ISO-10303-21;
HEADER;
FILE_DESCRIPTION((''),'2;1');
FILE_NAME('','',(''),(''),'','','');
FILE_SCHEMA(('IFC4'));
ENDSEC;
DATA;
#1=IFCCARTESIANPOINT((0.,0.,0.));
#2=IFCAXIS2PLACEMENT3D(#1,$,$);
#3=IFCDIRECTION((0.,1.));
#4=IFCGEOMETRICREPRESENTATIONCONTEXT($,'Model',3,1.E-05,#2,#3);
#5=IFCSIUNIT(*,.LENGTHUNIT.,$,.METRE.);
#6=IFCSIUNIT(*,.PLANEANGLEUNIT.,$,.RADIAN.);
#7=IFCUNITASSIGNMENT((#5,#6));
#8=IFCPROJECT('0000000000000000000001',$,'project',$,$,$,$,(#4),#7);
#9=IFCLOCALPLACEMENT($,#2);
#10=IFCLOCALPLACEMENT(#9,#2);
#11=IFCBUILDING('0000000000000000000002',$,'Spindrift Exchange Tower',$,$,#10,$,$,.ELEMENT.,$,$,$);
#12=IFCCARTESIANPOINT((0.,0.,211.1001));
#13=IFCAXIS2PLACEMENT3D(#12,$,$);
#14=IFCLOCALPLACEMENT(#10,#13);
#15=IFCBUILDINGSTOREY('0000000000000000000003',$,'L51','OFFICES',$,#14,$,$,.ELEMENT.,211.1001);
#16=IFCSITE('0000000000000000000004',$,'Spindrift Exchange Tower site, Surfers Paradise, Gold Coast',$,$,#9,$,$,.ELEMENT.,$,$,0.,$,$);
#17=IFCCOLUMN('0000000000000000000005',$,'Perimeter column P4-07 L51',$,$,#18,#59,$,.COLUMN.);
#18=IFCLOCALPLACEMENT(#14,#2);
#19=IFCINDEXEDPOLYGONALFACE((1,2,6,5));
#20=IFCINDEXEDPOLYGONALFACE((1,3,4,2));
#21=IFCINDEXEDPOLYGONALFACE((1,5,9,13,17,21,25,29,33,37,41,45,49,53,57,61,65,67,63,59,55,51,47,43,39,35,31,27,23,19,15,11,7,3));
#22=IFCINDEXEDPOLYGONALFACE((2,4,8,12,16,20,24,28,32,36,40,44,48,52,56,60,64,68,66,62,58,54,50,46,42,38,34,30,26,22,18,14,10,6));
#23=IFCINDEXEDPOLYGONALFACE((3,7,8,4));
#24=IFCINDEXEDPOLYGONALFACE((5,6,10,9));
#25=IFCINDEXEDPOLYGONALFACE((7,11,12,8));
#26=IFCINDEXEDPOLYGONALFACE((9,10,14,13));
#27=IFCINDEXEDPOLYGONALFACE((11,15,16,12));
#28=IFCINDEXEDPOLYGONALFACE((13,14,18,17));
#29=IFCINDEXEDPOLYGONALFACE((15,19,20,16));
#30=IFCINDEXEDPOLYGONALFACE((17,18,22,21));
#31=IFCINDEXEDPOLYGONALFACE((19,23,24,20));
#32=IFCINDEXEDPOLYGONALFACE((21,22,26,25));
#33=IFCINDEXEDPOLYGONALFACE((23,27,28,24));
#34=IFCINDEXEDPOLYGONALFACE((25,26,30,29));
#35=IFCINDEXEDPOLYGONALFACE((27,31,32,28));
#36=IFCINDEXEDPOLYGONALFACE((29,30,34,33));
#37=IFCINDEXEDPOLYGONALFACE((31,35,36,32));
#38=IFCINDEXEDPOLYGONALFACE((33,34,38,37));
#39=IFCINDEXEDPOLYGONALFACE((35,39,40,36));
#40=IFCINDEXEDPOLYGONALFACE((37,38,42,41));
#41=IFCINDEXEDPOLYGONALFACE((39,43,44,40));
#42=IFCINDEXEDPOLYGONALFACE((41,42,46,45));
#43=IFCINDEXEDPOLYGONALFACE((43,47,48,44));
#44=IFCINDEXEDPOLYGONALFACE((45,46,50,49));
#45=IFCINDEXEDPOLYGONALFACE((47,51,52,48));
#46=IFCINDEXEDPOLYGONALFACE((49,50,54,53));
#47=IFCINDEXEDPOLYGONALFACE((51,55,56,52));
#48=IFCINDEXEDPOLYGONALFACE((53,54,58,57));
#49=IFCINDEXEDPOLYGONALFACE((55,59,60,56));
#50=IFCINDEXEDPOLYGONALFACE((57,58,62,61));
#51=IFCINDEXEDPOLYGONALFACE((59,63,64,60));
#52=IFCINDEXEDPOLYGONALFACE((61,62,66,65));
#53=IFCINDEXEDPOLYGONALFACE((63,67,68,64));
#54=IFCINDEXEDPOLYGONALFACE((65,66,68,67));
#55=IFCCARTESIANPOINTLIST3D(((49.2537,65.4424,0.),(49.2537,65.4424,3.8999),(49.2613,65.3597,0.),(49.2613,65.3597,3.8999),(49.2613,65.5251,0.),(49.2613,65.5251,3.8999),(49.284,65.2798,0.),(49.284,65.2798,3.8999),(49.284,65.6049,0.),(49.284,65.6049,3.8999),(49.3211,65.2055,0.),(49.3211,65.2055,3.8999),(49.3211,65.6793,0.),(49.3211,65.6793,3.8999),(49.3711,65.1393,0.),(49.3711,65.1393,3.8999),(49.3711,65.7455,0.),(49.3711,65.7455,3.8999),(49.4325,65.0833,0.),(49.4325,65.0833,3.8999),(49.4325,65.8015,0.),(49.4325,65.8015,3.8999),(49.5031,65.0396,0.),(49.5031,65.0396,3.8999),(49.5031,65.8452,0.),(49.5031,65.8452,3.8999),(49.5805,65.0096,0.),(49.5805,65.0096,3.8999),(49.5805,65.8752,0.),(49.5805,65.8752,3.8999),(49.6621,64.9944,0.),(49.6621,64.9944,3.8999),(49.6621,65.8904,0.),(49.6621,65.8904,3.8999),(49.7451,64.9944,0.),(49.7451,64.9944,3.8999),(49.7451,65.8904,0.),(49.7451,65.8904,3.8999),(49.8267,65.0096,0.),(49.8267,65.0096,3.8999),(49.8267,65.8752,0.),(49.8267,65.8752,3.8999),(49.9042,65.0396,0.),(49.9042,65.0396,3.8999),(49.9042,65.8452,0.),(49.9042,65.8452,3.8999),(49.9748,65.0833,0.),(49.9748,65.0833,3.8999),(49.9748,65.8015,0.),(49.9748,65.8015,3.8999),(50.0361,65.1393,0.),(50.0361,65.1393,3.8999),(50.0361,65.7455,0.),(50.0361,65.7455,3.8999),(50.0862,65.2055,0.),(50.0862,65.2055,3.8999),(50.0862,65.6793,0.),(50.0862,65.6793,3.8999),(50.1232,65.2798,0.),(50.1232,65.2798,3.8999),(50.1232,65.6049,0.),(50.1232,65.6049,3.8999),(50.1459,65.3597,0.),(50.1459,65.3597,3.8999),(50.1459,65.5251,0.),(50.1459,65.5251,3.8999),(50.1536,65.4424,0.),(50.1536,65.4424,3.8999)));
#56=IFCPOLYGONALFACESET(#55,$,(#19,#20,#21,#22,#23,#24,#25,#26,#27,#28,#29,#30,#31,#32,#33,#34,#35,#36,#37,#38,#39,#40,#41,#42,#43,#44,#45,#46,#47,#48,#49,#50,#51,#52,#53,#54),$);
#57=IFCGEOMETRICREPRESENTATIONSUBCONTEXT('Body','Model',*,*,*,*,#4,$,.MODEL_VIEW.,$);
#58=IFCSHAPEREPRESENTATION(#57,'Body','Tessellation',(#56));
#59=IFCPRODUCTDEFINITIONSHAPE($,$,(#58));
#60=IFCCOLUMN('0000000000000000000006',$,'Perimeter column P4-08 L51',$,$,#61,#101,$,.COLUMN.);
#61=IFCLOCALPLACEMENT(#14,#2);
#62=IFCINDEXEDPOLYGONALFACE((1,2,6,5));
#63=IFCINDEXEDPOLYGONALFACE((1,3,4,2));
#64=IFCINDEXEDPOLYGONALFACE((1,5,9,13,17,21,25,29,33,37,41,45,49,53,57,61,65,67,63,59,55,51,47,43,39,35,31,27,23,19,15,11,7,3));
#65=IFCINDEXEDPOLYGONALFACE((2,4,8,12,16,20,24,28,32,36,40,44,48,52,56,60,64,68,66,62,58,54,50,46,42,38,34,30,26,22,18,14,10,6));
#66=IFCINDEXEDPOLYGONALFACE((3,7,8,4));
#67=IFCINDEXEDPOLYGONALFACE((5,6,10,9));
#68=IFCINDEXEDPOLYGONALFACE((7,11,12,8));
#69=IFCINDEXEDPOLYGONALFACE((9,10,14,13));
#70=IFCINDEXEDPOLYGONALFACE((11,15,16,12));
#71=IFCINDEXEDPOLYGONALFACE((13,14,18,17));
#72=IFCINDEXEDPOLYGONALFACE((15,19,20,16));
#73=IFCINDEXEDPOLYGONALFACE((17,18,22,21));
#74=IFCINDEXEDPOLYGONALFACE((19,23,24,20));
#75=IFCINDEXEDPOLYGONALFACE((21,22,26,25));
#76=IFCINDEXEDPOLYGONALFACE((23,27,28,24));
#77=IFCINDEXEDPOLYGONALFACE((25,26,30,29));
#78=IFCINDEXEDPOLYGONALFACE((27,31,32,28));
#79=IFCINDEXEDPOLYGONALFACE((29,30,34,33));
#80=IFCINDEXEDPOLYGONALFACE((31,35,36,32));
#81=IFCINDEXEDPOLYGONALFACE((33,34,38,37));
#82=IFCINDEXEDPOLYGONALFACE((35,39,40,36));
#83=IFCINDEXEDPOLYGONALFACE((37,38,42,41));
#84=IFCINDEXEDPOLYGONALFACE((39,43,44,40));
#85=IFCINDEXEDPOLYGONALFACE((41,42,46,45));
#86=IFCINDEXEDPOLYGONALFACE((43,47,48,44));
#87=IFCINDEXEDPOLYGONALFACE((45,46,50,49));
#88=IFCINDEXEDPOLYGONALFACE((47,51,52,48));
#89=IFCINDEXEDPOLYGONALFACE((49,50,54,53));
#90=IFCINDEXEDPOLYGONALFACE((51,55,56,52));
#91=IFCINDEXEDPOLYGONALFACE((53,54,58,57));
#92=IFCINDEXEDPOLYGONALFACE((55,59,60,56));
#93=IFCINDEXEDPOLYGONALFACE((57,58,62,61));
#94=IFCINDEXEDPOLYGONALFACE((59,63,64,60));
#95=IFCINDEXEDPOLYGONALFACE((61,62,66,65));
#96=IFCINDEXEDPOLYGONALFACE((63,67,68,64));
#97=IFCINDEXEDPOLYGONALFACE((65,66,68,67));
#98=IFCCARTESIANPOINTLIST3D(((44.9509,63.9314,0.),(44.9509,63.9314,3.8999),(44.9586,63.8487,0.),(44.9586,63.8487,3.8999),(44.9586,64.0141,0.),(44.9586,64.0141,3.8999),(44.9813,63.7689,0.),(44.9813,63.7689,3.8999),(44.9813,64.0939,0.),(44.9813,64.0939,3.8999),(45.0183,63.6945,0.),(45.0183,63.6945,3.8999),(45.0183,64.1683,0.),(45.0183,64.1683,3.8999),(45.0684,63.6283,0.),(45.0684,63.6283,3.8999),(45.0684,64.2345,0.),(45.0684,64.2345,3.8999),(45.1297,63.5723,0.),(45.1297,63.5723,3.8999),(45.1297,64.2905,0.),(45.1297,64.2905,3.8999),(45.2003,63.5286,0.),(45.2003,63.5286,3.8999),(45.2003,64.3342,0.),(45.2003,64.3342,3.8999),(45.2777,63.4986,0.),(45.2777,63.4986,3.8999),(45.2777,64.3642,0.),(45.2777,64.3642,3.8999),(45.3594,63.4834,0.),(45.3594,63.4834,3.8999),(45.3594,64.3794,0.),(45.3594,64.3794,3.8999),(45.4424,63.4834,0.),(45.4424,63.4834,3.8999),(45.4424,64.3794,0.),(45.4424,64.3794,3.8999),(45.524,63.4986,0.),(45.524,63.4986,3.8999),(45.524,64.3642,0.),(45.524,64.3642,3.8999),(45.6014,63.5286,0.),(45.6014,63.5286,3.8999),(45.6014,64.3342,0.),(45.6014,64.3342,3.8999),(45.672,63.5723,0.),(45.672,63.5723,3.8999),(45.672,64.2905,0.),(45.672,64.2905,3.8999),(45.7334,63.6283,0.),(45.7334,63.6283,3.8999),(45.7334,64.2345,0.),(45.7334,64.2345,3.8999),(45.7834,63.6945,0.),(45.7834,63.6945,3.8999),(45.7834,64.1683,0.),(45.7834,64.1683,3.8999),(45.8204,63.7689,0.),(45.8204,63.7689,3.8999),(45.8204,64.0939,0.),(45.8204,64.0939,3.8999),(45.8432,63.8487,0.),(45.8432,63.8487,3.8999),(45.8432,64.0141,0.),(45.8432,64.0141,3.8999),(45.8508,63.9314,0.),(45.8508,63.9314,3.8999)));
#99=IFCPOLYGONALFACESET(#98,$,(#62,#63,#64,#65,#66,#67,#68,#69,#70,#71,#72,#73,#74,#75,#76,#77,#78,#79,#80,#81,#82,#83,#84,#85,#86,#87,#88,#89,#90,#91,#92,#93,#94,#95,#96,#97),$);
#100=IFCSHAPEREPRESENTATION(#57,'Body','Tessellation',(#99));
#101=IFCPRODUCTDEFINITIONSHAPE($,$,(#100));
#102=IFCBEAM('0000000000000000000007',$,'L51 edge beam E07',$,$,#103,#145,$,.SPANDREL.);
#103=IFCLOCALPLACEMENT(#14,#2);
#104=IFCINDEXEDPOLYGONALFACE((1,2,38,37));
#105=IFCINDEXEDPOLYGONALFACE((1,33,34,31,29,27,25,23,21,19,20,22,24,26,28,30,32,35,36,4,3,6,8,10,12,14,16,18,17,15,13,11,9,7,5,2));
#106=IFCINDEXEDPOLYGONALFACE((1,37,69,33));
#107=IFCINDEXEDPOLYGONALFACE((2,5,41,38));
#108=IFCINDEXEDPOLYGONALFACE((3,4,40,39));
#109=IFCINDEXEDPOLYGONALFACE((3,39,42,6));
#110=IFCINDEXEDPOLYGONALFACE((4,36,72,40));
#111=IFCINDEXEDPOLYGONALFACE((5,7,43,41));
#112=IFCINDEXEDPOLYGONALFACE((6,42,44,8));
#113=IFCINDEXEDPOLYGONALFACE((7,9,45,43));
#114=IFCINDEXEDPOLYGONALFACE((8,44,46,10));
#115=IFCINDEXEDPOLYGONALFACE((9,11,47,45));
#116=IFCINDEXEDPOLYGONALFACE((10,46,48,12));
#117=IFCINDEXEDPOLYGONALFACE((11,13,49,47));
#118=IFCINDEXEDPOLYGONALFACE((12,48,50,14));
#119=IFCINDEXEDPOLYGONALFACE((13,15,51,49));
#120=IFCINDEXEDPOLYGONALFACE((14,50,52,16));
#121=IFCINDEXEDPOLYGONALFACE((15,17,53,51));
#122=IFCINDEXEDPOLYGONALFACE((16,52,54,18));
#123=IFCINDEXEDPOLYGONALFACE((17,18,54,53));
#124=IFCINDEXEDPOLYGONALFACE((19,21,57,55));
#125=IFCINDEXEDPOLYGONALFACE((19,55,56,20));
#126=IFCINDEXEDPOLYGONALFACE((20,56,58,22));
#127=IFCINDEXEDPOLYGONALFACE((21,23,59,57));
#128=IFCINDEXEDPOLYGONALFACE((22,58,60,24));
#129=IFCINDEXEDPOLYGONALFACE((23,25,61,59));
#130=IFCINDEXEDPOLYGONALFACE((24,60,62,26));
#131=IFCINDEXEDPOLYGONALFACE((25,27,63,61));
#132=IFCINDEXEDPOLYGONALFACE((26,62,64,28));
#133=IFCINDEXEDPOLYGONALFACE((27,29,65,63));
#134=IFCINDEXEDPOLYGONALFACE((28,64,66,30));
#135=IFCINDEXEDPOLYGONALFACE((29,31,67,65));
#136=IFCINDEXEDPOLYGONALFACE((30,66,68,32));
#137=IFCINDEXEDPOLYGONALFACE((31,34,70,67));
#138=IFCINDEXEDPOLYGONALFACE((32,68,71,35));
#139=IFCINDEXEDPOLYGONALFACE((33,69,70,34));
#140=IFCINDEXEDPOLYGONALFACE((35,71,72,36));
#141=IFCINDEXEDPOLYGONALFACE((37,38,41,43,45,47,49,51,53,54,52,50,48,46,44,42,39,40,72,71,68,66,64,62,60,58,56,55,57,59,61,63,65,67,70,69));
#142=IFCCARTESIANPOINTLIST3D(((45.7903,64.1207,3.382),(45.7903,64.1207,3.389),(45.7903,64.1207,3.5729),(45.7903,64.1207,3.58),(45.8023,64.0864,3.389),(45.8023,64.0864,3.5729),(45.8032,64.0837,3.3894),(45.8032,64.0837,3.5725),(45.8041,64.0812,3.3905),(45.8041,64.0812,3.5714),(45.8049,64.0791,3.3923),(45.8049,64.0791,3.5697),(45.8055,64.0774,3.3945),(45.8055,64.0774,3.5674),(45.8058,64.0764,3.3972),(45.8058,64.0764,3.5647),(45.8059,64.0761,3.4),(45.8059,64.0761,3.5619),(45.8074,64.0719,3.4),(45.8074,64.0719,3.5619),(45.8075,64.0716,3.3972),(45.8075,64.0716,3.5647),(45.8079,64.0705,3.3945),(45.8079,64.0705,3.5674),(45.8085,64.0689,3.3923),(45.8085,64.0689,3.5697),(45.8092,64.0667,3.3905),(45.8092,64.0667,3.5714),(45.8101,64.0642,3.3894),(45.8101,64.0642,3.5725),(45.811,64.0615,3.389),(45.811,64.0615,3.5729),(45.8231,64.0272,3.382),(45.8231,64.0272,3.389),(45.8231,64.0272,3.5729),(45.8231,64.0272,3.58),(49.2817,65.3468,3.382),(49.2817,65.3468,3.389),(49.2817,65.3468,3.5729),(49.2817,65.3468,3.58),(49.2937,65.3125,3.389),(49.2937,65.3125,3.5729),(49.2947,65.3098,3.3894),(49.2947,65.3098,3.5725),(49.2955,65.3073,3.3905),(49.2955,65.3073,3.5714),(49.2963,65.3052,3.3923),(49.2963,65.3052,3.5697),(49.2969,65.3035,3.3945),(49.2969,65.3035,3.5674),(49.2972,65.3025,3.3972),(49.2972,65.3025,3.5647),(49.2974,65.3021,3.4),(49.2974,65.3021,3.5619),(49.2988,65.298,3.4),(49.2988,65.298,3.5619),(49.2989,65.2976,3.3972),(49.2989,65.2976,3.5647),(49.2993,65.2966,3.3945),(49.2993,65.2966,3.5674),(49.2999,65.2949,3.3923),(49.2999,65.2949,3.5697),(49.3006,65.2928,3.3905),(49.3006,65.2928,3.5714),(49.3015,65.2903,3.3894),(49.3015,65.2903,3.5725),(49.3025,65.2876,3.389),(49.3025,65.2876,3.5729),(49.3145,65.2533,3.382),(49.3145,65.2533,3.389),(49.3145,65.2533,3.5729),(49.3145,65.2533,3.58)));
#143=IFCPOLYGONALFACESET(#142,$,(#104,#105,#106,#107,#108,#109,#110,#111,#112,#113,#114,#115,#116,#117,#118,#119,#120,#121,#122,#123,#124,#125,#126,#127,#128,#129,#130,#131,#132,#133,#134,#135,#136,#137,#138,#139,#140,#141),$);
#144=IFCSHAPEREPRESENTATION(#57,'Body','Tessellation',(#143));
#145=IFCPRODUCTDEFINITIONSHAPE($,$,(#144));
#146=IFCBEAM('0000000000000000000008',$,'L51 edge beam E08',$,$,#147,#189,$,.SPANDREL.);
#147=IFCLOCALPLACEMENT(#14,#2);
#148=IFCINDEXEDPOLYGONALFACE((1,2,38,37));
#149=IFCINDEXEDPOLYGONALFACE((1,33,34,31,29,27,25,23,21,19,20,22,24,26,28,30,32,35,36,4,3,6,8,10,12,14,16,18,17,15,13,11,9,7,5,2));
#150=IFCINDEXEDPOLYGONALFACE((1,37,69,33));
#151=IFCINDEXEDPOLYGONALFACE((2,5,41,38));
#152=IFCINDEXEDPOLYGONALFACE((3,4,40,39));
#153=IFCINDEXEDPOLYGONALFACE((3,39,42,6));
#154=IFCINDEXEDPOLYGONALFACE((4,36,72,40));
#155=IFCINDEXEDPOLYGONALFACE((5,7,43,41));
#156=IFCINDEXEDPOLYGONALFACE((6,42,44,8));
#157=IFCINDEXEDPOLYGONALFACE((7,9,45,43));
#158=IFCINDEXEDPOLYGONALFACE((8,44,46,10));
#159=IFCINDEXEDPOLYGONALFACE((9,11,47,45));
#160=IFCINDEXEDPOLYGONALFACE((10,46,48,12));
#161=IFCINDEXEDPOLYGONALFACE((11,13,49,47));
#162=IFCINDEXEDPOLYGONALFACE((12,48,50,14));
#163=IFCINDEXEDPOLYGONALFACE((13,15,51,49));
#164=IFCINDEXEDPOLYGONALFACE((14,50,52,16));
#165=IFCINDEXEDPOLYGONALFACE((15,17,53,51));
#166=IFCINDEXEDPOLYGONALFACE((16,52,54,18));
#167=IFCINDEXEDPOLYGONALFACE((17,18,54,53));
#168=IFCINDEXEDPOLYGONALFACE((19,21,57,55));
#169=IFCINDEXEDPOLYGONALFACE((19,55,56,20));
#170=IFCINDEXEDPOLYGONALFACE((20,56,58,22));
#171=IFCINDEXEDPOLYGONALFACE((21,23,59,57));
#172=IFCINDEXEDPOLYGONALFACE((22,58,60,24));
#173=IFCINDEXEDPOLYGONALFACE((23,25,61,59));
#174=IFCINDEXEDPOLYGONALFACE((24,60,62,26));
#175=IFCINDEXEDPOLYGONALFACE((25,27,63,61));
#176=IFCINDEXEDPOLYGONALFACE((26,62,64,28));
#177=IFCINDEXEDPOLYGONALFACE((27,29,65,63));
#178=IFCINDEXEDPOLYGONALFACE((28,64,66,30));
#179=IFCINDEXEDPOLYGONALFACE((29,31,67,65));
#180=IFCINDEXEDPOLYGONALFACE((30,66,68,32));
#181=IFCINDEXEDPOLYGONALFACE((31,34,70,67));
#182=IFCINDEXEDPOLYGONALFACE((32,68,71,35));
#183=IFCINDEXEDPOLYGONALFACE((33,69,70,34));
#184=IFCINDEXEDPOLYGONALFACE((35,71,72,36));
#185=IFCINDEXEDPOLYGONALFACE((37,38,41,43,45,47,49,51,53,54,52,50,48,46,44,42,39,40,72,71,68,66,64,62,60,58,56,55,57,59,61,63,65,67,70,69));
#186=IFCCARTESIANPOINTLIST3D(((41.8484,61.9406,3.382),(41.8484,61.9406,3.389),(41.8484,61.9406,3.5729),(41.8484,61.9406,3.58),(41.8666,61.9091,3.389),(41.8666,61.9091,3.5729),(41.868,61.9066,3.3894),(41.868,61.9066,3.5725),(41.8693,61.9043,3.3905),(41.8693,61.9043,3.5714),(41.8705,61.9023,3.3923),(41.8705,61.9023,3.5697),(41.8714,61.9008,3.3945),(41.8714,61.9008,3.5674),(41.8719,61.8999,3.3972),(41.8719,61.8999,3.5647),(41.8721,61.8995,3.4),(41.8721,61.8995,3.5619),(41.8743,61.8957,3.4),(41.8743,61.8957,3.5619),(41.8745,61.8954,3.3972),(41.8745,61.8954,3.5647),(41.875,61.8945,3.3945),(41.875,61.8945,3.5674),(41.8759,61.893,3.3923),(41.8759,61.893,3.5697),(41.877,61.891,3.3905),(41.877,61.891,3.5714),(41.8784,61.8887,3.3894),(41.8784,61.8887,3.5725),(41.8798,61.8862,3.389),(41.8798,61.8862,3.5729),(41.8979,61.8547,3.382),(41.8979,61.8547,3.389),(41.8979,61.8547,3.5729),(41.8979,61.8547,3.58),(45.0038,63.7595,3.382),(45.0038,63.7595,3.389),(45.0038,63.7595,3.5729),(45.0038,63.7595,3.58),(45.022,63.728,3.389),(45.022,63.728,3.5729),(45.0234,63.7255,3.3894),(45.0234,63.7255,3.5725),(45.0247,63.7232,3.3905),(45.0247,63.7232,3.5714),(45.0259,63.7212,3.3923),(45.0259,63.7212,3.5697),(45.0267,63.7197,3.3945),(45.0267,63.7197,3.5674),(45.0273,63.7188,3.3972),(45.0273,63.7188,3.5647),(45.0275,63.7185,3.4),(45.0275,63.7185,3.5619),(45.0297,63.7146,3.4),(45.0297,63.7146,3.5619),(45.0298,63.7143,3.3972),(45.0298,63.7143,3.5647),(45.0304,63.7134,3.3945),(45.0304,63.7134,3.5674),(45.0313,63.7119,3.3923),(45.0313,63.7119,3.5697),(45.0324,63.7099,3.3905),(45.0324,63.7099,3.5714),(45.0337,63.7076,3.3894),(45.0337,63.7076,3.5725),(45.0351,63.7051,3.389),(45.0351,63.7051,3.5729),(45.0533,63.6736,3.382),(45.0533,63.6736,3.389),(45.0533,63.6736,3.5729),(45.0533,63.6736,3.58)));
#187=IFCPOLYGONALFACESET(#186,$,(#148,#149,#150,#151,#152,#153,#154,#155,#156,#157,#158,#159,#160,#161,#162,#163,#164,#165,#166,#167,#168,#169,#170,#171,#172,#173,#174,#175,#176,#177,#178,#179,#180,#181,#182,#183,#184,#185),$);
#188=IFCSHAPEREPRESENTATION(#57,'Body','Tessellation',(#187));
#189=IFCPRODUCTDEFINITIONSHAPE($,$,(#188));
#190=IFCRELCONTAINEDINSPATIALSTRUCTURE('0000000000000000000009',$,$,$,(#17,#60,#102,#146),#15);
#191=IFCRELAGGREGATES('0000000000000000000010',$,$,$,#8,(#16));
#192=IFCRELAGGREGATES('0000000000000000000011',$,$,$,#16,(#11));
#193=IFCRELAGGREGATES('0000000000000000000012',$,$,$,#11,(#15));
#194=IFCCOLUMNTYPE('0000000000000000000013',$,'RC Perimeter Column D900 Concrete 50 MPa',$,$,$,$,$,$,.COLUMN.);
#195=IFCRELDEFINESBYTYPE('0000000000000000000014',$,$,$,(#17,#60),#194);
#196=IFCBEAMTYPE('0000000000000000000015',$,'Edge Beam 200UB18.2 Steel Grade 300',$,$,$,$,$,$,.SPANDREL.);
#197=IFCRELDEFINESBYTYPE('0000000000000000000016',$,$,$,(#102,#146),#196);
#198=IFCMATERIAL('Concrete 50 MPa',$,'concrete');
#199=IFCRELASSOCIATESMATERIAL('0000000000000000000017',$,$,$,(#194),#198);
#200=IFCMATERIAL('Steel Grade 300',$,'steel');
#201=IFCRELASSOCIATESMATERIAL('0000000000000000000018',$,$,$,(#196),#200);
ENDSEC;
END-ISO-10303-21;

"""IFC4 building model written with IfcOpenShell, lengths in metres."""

from ifc_helpers import new_model, si_unit, direction, frame, origin, origin_2d, place, context, subcontext, project, spatial, circle, i_section, extrude, source, transform, mapped, material, material_profile, profile_set, type_object, element, save


model = new_model("IFC4")

# Units and contexts
model_context = context("Model", 3, precision=1e-05, world=origin(), true_north=direction((0.0, 1.0)))
body_context = subcontext(model_context, "Body", "Model", "MODEL_VIEW")
ifc_project = project(units=[si_unit("LENGTHUNIT", "METRE"), si_unit("PLANEANGLEUNIT", "RADIAN")], contexts=[model_context])

# Site, building, storey
site_placement = place(None, origin())
site = spatial("IfcSite", under=ifc_project, at=site_placement, Name="Spindrift Exchange Tower site, Surfers Paradise, Gold Coast", CompositionType="ELEMENT", RefElevation=0.0)
building_placement = place(site_placement, origin())
building = spatial("IfcBuilding", under=site, at=building_placement, Name="Spindrift Exchange Tower", CompositionType="ELEMENT")
storey_placement = place(building_placement, frame((0.0, 0.0, 211.1001)))
storey = spatial("IfcBuildingStorey", under=building, at=storey_placement, Name="L51", Description="OFFICES", CompositionType="ELEMENT", Elevation=211.1001)

# Columns
ifc_material_1 = material(Name="Concrete 50 MPa", Category="concrete")
ifc_material_profile_1 = material_profile(ifc_material_1, circle(Radius=0.45, at=origin_2d()), Name="RC D900")
ifc_profile_set_1 = profile_set([ifc_material_profile_1], Name="Concrete 50 MPa")
column_type = type_object("IfcColumnType", Name="RC Perimeter Column D900 Concrete 50 MPa", PredefinedType="COLUMN", material=ifc_profile_set_1)
shared_shape_1 = source(origin(), body_context, "Body", "SweptSolid", [
    extrude(circle(Radius=0.45, at=origin_2d()), origin(), (0.0, 0.0, 1.0), 3.8999),
])
for number, where, z_axis, x_axis, name in (
    (1, (49.7036, 65.4424, 0.0), (0.0, 0.0, 1.0), (1.0, 0.0, 0.0), "Perimeter column P4-07 L51"),
    (2, (45.4009, 63.9314, 0.0), (0.0, 0.0, 1.0), (1.0, 0.0, 0.0), "Perimeter column P4-08 L51"),
):
    element("IfcColumn", number, at=place(storey_placement, frame(where, z_axis=z_axis, x_axis=x_axis)), inside=storey, type_object=column_type, Name=name, PredefinedType="COLUMN", context=body_context, shape_type="MappedRepresentation", body=[
        mapped(shared_shape_1, transform((0.0, 0.0, 0.0), scale=1.0)),
    ])

# Beams
ifc_material_2 = material(Name="Steel Grade 300", Category="steel")
ifc_material_profile_2 = material_profile(ifc_material_2, i_section(OverallWidth=0.0991, OverallDepth=0.198, WebThickness=0.0044, FlangeThickness=0.0071, FilletRadius=0.011, at=origin_2d()), Name="200UB18.2")
ifc_profile_set_2 = profile_set([ifc_material_profile_2], Name="Steel Grade 300")
beam_type_1 = type_object("IfcBeamType", Name="Edge Beam 200UB18.2 Steel Grade 300", PredefinedType="SPANDREL", material=ifc_profile_set_2)
shared_shape_2 = source(origin(), body_context, "Body", "SweptSolid", [
    extrude(i_section(OverallWidth=0.0991, OverallDepth=0.198, WebThickness=0.0044, FlangeThickness=0.0071, FilletRadius=0.011, at=origin_2d()), origin(), (0.0, 0.0, 1.0), 3.7004),
])
beam_1_placement = place(storey_placement, frame((49.2981, 65.3, 3.481), z_axis=(-0.943515, -0.331329, 0.0), x_axis=(0.331329, -0.943515, 0.0)))
element("IfcBeam", 3, at=beam_1_placement, inside=storey, type_object=beam_type_1, Name="L51 edge beam E07", PredefinedType="SPANDREL", context=body_context, shape_type="MappedRepresentation", body=[
    mapped(shared_shape_2, transform((0.0, 0.0, 0.0), scale=1.0)),
])
shared_shape_3 = source(origin(), body_context, "Body", "SweptSolid", [
    extrude(i_section(OverallWidth=0.0991, OverallDepth=0.198, WebThickness=0.0044, FlangeThickness=0.0071, FilletRadius=0.011, at=origin_2d()), origin(), (0.0, 0.0, 1.0), 3.6421),
])
beam_2_placement = place(storey_placement, frame((45.0286, 63.7166, 3.481), z_axis=(-0.866364, -0.499413, 0.0), x_axis=(0.499413, -0.866364, 0.0)))
element("IfcBeam", 4, at=beam_2_placement, inside=storey, type_object=beam_type_1, Name="L51 edge beam E08", PredefinedType="SPANDREL", context=body_context, shape_type="MappedRepresentation", body=[
    mapped(shared_shape_3, transform((0.0, 0.0, 0.0), scale=1.0)),
])

save(model, "model.ifc")
